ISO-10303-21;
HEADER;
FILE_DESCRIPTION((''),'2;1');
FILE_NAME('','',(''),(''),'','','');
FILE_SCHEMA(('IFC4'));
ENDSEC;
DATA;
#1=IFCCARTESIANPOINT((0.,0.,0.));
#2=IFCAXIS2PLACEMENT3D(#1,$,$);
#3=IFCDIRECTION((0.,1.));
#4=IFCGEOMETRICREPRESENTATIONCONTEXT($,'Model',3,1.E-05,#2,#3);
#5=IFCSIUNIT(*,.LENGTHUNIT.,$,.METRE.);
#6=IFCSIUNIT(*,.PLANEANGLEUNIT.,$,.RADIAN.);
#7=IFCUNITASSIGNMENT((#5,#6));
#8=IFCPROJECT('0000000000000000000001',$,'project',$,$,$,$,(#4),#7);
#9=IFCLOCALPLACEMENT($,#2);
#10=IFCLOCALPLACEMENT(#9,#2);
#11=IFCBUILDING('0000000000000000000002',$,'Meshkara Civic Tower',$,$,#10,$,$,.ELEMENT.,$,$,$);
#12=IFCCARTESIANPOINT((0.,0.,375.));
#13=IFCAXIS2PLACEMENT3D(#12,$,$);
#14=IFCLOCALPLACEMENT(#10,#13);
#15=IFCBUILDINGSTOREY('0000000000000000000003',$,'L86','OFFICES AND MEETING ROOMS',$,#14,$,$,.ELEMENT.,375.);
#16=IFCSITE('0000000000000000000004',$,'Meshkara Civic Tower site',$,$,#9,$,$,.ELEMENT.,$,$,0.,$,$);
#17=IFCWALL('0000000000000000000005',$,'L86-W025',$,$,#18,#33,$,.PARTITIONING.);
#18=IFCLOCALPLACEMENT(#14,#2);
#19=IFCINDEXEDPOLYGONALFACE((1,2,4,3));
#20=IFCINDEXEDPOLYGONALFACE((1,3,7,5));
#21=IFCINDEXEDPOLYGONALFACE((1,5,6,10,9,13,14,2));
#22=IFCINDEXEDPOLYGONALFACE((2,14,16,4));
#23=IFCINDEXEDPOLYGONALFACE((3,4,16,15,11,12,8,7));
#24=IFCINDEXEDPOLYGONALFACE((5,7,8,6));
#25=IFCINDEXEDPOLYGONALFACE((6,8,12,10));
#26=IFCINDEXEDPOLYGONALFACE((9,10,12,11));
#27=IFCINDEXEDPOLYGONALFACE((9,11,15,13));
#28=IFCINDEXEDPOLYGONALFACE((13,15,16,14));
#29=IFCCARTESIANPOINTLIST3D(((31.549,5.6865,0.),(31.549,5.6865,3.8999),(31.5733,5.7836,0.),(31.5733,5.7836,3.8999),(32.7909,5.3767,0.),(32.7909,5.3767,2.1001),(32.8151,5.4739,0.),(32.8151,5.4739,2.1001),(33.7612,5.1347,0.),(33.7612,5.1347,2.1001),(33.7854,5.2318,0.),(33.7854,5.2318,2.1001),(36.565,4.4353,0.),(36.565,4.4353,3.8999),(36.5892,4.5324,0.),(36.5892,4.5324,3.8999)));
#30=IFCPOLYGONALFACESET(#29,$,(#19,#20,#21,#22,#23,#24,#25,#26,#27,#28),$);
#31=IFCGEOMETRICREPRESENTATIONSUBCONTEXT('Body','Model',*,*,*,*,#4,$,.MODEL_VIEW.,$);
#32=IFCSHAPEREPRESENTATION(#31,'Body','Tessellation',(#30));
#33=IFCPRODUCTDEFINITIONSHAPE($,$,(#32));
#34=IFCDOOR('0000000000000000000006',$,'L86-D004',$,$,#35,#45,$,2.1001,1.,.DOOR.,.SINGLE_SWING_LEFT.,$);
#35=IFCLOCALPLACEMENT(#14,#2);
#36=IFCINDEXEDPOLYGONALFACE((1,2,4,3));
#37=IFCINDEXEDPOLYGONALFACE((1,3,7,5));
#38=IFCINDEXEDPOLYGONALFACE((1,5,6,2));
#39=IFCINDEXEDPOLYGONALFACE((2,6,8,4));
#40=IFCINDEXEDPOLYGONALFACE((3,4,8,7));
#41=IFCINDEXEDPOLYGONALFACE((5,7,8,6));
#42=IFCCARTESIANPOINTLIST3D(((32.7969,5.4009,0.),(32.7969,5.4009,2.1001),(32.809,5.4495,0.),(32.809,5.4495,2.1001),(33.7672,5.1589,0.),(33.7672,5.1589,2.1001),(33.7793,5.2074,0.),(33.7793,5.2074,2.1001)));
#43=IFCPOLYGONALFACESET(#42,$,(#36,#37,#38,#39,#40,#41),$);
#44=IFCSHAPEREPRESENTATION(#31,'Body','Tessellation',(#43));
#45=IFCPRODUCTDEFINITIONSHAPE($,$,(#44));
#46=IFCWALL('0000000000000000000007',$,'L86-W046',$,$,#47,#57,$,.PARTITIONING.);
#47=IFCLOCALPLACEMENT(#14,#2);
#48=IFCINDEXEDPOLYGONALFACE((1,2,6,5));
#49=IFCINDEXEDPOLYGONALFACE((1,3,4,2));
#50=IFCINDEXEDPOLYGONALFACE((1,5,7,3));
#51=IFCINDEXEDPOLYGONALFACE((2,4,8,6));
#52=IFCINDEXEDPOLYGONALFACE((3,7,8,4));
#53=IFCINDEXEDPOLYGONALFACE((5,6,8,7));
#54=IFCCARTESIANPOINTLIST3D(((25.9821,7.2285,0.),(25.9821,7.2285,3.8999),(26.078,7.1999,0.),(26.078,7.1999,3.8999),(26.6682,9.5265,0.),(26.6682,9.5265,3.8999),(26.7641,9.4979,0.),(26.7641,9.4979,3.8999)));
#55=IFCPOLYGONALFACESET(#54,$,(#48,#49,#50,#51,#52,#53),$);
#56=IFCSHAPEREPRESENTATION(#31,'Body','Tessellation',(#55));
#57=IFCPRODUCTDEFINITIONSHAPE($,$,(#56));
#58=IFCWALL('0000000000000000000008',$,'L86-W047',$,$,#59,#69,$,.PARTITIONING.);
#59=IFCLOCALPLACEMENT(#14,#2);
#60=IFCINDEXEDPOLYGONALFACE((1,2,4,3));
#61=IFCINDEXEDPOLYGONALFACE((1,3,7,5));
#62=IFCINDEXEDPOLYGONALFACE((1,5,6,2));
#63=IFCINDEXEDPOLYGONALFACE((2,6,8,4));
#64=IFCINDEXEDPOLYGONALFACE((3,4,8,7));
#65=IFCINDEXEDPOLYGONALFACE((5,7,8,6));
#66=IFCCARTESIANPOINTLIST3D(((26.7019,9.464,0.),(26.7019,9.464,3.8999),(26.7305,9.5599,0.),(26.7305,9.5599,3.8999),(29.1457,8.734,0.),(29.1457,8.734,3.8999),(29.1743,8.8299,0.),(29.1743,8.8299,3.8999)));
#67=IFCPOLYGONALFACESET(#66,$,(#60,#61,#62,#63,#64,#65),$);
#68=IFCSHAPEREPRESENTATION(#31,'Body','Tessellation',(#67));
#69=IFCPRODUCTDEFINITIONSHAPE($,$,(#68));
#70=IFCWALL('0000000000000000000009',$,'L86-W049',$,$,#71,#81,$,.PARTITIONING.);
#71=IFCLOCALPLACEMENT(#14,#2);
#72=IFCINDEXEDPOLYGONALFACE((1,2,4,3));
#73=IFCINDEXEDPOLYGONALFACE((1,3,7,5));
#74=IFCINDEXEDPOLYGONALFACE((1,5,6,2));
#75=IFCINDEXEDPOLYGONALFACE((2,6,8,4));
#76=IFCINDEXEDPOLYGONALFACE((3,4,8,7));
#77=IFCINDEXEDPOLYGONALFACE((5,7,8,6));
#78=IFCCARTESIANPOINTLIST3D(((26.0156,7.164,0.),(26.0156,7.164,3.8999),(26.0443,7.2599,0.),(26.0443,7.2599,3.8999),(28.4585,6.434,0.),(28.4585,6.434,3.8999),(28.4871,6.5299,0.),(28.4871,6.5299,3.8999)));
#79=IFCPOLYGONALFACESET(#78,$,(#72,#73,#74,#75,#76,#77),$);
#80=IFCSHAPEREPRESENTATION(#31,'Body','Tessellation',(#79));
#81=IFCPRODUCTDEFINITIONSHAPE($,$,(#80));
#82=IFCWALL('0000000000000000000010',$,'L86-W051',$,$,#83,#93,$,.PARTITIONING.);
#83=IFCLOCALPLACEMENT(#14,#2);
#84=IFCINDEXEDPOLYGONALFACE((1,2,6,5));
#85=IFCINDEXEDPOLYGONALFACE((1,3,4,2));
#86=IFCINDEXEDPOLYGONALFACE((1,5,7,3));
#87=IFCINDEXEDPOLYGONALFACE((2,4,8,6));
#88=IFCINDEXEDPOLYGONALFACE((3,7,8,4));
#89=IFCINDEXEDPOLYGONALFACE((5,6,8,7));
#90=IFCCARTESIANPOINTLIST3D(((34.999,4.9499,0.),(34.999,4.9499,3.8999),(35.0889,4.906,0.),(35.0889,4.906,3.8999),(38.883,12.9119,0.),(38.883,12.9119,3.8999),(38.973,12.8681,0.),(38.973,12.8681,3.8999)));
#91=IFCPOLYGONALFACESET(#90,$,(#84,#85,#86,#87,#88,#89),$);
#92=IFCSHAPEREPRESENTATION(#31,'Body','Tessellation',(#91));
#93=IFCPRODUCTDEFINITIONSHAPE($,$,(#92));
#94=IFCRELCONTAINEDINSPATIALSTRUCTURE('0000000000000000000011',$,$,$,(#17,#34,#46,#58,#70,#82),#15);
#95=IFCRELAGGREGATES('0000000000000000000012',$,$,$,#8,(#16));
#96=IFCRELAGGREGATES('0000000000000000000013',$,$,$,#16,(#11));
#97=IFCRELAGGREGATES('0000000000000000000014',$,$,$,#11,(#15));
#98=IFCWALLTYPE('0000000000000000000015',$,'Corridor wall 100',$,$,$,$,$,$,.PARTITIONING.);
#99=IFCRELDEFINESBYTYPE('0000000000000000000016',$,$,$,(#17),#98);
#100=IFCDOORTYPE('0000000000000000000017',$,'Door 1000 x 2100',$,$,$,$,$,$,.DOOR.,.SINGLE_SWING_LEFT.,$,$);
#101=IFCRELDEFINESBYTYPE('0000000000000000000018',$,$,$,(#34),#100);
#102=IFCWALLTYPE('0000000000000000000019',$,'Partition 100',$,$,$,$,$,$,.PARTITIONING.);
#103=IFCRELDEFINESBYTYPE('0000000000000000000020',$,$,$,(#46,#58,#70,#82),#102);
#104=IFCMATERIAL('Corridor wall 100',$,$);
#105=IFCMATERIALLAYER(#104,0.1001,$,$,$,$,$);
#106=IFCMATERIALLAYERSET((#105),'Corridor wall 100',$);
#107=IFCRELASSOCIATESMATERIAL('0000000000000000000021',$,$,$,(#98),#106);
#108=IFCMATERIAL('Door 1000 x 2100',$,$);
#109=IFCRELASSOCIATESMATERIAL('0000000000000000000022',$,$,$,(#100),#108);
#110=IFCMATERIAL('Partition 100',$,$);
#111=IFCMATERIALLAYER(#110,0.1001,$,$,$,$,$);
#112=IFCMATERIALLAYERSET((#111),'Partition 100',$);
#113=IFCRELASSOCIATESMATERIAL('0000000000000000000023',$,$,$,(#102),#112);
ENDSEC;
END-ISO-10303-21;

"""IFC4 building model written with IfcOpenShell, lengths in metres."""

from ifc_helpers import new_model, si_unit, direction, frame, frame_2d, origin, place, context, subcontext, project, spatial, rectangle, extrude, material, layer, layer_set, type_object, element, fill, save


model = new_model("IFC4")

# Units and contexts
model_context = context("Model", 3, precision=1e-05, world=origin(), true_north=direction((0.0, 1.0)))
body_context = subcontext(model_context, "Body", "Model", "MODEL_VIEW")
ifc_project = project(units=[si_unit("LENGTHUNIT", "METRE"), si_unit("PLANEANGLEUNIT", "RADIAN")], contexts=[model_context])

# Site, building, storey
site_placement = place(None, origin())
site = spatial("IfcSite", under=ifc_project, at=site_placement, Name="Meshkara Civic Tower site", CompositionType="ELEMENT", RefElevation=0.0)
building_placement = place(site_placement, origin())
building = spatial("IfcBuilding", under=site, at=building_placement, Name="Meshkara Civic Tower", CompositionType="ELEMENT")
storey_placement = place(building_placement, frame((0.0, 0.0, 375.0)))
storey = spatial("IfcBuildingStorey", under=building, at=storey_placement, Name="L86", Description="OFFICES AND MEETING ROOMS", CompositionType="ELEMENT", Elevation=375.0)

# Shared definitions
ifc_material_1 = material(Name="Corridor wall 100")
ifc_layer_1 = layer(ifc_material_1, 0.1001)
ifc_layer_set_1 = layer_set([ifc_layer_1], Name="Corridor wall 100")
wall_type_1 = type_object("IfcWallType", Name="Corridor wall 100", PredefinedType="PARTITIONING", material=ifc_layer_set_1)

# Shared definitions
ifc_material_2 = material(Name="Door 1000 x 2100")
door_type = type_object("IfcDoorType", Name="Door 1000 x 2100", OperationType="SINGLE_SWING_LEFT", PredefinedType="DOOR", material=ifc_material_2)

# Wall, opening, door
wall_1_placement = place(storey_placement, frame((31.561, 5.7351, 0.0), z_axis=(0.0, 0.0, 1.0), x_axis=(0.970267, -0.242036, 0.0)))
wall_1 = element("IfcWall", 1, at=wall_1_placement, inside=storey, type_object=wall_type_1, Name="L86-W025", PredefinedType="PARTITIONING", context=body_context, shape_type="SweptSolid", body=[
    extrude(rectangle(XDim=5.1697, YDim=0.1001, at=frame_2d((2.585, 0.0))), origin(), (0.0, 0.0, 1.0), 3.8999),
])
opening_1_placement = place(wall_1_placement, frame((1.28, 0.0, 0.0)))
opening_1 = element("IfcOpeningElement", 2, at=opening_1_placement, cuts=wall_1, PredefinedType="OPENING", context=body_context, shape_type="SweptSolid", body=[
    extrude(rectangle(XDim=1.0, YDim=2.1001, at=frame_2d((0.5, 1.05))), frame((0.0, 0.0601, 0.0), z_axis=(0.0, -1.0, 0.0), x_axis=(1.0, 0.0, 0.0)), (0.0, 0.0, 1.0), 0.1201),
])
door_1_placement = place(opening_1_placement, origin())
door_1 = element("IfcDoor", 3, at=door_1_placement, inside=storey, type_object=door_type, Name="L86-D004", OperationType="SINGLE_SWING_LEFT", OverallHeight=2.1001, OverallWidth=1.0, PredefinedType="DOOR", context=body_context, shape_type="SweptSolid", body=[
    extrude(rectangle(XDim=1.0, YDim=2.1001, at=frame_2d((0.5, 1.05))), frame((0.0, 0.0249, 0.0), z_axis=(0.0, -1.0, 0.0), x_axis=(1.0, 0.0, 0.0)), (0.0, 0.0, 1.0), 0.05),
])
fill(opening_1, door_1)

# Walls
ifc_material_3 = material(Name="Partition 100")
ifc_layer_2 = layer(ifc_material_3, 0.1001)
ifc_layer_set_2 = layer_set([ifc_layer_2], Name="Partition 100")
wall_type_2 = type_object("IfcWallType", Name="Partition 100", PredefinedType="PARTITIONING", material=ifc_layer_set_2)
wall_2_placement = place(storey_placement, frame((26.03, 7.2141, 0.0), z_axis=(0.0, 0.0, 1.0), x_axis=(0.286077, 0.958207, 0.0)))
element("IfcWall", 4, at=wall_2_placement, inside=storey, type_object=wall_type_2, Name="L86-W046", PredefinedType="PARTITIONING", context=body_context, shape_type="SweptSolid", body=[
    extrude(rectangle(XDim=2.3982, YDim=0.1001, at=frame_2d((1.1992, 0.0))), origin(), (0.0, 0.0, 1.0), 3.8999),
])
wall_3_placement = place(storey_placement, frame((26.7161, 9.512, 0.0), z_axis=(0.0, 0.0, 1.0), x_axis=(0.958168, -0.286206, 0.0)))
element("IfcWall", 5, at=wall_3_placement, inside=storey, type_object=wall_type_2, Name="L86-W047", PredefinedType="PARTITIONING", context=body_context, shape_type="SweptSolid", body=[
    extrude(rectangle(XDim=2.5505, YDim=0.1001, at=frame_2d((1.2754, 0.0))), origin(), (0.0, 0.0, 1.0), 3.8999),
])
wall_4_placement = place(storey_placement, frame((28.4729, 6.4819, 0.0), z_axis=(0.0, 0.0, 1.0), x_axis=(-0.958137, 0.286311, 0.0)))
element("IfcWall", 6, at=wall_4_placement, inside=storey, type_object=wall_type_2, Name="L86-W049", PredefinedType="PARTITIONING", context=body_context, shape_type="SweptSolid", body=[
    extrude(rectangle(XDim=2.5496, YDim=0.1001, at=frame_2d((1.2749, 0.0))), origin(), (0.0, 0.0, 1.0), 3.8999),
])
wall_5_placement = place(storey_placement, frame((35.0439, 4.928, 0.0), z_axis=(0.0, 0.0, 1.0), x_axis=(0.438439, 0.898761, 0.0)))
element("IfcWall", 7, at=wall_5_placement, inside=storey, type_object=wall_type_2, Name="L86-W051", PredefinedType="PARTITIONING", context=body_context, shape_type="SweptSolid", body=[
    extrude(rectangle(XDim=8.8589, YDim=0.1001, at=frame_2d((4.4294, 0.0))), origin(), (0.0, 0.0, 1.0), 3.8999),
])

save(model, "model.ifc")
